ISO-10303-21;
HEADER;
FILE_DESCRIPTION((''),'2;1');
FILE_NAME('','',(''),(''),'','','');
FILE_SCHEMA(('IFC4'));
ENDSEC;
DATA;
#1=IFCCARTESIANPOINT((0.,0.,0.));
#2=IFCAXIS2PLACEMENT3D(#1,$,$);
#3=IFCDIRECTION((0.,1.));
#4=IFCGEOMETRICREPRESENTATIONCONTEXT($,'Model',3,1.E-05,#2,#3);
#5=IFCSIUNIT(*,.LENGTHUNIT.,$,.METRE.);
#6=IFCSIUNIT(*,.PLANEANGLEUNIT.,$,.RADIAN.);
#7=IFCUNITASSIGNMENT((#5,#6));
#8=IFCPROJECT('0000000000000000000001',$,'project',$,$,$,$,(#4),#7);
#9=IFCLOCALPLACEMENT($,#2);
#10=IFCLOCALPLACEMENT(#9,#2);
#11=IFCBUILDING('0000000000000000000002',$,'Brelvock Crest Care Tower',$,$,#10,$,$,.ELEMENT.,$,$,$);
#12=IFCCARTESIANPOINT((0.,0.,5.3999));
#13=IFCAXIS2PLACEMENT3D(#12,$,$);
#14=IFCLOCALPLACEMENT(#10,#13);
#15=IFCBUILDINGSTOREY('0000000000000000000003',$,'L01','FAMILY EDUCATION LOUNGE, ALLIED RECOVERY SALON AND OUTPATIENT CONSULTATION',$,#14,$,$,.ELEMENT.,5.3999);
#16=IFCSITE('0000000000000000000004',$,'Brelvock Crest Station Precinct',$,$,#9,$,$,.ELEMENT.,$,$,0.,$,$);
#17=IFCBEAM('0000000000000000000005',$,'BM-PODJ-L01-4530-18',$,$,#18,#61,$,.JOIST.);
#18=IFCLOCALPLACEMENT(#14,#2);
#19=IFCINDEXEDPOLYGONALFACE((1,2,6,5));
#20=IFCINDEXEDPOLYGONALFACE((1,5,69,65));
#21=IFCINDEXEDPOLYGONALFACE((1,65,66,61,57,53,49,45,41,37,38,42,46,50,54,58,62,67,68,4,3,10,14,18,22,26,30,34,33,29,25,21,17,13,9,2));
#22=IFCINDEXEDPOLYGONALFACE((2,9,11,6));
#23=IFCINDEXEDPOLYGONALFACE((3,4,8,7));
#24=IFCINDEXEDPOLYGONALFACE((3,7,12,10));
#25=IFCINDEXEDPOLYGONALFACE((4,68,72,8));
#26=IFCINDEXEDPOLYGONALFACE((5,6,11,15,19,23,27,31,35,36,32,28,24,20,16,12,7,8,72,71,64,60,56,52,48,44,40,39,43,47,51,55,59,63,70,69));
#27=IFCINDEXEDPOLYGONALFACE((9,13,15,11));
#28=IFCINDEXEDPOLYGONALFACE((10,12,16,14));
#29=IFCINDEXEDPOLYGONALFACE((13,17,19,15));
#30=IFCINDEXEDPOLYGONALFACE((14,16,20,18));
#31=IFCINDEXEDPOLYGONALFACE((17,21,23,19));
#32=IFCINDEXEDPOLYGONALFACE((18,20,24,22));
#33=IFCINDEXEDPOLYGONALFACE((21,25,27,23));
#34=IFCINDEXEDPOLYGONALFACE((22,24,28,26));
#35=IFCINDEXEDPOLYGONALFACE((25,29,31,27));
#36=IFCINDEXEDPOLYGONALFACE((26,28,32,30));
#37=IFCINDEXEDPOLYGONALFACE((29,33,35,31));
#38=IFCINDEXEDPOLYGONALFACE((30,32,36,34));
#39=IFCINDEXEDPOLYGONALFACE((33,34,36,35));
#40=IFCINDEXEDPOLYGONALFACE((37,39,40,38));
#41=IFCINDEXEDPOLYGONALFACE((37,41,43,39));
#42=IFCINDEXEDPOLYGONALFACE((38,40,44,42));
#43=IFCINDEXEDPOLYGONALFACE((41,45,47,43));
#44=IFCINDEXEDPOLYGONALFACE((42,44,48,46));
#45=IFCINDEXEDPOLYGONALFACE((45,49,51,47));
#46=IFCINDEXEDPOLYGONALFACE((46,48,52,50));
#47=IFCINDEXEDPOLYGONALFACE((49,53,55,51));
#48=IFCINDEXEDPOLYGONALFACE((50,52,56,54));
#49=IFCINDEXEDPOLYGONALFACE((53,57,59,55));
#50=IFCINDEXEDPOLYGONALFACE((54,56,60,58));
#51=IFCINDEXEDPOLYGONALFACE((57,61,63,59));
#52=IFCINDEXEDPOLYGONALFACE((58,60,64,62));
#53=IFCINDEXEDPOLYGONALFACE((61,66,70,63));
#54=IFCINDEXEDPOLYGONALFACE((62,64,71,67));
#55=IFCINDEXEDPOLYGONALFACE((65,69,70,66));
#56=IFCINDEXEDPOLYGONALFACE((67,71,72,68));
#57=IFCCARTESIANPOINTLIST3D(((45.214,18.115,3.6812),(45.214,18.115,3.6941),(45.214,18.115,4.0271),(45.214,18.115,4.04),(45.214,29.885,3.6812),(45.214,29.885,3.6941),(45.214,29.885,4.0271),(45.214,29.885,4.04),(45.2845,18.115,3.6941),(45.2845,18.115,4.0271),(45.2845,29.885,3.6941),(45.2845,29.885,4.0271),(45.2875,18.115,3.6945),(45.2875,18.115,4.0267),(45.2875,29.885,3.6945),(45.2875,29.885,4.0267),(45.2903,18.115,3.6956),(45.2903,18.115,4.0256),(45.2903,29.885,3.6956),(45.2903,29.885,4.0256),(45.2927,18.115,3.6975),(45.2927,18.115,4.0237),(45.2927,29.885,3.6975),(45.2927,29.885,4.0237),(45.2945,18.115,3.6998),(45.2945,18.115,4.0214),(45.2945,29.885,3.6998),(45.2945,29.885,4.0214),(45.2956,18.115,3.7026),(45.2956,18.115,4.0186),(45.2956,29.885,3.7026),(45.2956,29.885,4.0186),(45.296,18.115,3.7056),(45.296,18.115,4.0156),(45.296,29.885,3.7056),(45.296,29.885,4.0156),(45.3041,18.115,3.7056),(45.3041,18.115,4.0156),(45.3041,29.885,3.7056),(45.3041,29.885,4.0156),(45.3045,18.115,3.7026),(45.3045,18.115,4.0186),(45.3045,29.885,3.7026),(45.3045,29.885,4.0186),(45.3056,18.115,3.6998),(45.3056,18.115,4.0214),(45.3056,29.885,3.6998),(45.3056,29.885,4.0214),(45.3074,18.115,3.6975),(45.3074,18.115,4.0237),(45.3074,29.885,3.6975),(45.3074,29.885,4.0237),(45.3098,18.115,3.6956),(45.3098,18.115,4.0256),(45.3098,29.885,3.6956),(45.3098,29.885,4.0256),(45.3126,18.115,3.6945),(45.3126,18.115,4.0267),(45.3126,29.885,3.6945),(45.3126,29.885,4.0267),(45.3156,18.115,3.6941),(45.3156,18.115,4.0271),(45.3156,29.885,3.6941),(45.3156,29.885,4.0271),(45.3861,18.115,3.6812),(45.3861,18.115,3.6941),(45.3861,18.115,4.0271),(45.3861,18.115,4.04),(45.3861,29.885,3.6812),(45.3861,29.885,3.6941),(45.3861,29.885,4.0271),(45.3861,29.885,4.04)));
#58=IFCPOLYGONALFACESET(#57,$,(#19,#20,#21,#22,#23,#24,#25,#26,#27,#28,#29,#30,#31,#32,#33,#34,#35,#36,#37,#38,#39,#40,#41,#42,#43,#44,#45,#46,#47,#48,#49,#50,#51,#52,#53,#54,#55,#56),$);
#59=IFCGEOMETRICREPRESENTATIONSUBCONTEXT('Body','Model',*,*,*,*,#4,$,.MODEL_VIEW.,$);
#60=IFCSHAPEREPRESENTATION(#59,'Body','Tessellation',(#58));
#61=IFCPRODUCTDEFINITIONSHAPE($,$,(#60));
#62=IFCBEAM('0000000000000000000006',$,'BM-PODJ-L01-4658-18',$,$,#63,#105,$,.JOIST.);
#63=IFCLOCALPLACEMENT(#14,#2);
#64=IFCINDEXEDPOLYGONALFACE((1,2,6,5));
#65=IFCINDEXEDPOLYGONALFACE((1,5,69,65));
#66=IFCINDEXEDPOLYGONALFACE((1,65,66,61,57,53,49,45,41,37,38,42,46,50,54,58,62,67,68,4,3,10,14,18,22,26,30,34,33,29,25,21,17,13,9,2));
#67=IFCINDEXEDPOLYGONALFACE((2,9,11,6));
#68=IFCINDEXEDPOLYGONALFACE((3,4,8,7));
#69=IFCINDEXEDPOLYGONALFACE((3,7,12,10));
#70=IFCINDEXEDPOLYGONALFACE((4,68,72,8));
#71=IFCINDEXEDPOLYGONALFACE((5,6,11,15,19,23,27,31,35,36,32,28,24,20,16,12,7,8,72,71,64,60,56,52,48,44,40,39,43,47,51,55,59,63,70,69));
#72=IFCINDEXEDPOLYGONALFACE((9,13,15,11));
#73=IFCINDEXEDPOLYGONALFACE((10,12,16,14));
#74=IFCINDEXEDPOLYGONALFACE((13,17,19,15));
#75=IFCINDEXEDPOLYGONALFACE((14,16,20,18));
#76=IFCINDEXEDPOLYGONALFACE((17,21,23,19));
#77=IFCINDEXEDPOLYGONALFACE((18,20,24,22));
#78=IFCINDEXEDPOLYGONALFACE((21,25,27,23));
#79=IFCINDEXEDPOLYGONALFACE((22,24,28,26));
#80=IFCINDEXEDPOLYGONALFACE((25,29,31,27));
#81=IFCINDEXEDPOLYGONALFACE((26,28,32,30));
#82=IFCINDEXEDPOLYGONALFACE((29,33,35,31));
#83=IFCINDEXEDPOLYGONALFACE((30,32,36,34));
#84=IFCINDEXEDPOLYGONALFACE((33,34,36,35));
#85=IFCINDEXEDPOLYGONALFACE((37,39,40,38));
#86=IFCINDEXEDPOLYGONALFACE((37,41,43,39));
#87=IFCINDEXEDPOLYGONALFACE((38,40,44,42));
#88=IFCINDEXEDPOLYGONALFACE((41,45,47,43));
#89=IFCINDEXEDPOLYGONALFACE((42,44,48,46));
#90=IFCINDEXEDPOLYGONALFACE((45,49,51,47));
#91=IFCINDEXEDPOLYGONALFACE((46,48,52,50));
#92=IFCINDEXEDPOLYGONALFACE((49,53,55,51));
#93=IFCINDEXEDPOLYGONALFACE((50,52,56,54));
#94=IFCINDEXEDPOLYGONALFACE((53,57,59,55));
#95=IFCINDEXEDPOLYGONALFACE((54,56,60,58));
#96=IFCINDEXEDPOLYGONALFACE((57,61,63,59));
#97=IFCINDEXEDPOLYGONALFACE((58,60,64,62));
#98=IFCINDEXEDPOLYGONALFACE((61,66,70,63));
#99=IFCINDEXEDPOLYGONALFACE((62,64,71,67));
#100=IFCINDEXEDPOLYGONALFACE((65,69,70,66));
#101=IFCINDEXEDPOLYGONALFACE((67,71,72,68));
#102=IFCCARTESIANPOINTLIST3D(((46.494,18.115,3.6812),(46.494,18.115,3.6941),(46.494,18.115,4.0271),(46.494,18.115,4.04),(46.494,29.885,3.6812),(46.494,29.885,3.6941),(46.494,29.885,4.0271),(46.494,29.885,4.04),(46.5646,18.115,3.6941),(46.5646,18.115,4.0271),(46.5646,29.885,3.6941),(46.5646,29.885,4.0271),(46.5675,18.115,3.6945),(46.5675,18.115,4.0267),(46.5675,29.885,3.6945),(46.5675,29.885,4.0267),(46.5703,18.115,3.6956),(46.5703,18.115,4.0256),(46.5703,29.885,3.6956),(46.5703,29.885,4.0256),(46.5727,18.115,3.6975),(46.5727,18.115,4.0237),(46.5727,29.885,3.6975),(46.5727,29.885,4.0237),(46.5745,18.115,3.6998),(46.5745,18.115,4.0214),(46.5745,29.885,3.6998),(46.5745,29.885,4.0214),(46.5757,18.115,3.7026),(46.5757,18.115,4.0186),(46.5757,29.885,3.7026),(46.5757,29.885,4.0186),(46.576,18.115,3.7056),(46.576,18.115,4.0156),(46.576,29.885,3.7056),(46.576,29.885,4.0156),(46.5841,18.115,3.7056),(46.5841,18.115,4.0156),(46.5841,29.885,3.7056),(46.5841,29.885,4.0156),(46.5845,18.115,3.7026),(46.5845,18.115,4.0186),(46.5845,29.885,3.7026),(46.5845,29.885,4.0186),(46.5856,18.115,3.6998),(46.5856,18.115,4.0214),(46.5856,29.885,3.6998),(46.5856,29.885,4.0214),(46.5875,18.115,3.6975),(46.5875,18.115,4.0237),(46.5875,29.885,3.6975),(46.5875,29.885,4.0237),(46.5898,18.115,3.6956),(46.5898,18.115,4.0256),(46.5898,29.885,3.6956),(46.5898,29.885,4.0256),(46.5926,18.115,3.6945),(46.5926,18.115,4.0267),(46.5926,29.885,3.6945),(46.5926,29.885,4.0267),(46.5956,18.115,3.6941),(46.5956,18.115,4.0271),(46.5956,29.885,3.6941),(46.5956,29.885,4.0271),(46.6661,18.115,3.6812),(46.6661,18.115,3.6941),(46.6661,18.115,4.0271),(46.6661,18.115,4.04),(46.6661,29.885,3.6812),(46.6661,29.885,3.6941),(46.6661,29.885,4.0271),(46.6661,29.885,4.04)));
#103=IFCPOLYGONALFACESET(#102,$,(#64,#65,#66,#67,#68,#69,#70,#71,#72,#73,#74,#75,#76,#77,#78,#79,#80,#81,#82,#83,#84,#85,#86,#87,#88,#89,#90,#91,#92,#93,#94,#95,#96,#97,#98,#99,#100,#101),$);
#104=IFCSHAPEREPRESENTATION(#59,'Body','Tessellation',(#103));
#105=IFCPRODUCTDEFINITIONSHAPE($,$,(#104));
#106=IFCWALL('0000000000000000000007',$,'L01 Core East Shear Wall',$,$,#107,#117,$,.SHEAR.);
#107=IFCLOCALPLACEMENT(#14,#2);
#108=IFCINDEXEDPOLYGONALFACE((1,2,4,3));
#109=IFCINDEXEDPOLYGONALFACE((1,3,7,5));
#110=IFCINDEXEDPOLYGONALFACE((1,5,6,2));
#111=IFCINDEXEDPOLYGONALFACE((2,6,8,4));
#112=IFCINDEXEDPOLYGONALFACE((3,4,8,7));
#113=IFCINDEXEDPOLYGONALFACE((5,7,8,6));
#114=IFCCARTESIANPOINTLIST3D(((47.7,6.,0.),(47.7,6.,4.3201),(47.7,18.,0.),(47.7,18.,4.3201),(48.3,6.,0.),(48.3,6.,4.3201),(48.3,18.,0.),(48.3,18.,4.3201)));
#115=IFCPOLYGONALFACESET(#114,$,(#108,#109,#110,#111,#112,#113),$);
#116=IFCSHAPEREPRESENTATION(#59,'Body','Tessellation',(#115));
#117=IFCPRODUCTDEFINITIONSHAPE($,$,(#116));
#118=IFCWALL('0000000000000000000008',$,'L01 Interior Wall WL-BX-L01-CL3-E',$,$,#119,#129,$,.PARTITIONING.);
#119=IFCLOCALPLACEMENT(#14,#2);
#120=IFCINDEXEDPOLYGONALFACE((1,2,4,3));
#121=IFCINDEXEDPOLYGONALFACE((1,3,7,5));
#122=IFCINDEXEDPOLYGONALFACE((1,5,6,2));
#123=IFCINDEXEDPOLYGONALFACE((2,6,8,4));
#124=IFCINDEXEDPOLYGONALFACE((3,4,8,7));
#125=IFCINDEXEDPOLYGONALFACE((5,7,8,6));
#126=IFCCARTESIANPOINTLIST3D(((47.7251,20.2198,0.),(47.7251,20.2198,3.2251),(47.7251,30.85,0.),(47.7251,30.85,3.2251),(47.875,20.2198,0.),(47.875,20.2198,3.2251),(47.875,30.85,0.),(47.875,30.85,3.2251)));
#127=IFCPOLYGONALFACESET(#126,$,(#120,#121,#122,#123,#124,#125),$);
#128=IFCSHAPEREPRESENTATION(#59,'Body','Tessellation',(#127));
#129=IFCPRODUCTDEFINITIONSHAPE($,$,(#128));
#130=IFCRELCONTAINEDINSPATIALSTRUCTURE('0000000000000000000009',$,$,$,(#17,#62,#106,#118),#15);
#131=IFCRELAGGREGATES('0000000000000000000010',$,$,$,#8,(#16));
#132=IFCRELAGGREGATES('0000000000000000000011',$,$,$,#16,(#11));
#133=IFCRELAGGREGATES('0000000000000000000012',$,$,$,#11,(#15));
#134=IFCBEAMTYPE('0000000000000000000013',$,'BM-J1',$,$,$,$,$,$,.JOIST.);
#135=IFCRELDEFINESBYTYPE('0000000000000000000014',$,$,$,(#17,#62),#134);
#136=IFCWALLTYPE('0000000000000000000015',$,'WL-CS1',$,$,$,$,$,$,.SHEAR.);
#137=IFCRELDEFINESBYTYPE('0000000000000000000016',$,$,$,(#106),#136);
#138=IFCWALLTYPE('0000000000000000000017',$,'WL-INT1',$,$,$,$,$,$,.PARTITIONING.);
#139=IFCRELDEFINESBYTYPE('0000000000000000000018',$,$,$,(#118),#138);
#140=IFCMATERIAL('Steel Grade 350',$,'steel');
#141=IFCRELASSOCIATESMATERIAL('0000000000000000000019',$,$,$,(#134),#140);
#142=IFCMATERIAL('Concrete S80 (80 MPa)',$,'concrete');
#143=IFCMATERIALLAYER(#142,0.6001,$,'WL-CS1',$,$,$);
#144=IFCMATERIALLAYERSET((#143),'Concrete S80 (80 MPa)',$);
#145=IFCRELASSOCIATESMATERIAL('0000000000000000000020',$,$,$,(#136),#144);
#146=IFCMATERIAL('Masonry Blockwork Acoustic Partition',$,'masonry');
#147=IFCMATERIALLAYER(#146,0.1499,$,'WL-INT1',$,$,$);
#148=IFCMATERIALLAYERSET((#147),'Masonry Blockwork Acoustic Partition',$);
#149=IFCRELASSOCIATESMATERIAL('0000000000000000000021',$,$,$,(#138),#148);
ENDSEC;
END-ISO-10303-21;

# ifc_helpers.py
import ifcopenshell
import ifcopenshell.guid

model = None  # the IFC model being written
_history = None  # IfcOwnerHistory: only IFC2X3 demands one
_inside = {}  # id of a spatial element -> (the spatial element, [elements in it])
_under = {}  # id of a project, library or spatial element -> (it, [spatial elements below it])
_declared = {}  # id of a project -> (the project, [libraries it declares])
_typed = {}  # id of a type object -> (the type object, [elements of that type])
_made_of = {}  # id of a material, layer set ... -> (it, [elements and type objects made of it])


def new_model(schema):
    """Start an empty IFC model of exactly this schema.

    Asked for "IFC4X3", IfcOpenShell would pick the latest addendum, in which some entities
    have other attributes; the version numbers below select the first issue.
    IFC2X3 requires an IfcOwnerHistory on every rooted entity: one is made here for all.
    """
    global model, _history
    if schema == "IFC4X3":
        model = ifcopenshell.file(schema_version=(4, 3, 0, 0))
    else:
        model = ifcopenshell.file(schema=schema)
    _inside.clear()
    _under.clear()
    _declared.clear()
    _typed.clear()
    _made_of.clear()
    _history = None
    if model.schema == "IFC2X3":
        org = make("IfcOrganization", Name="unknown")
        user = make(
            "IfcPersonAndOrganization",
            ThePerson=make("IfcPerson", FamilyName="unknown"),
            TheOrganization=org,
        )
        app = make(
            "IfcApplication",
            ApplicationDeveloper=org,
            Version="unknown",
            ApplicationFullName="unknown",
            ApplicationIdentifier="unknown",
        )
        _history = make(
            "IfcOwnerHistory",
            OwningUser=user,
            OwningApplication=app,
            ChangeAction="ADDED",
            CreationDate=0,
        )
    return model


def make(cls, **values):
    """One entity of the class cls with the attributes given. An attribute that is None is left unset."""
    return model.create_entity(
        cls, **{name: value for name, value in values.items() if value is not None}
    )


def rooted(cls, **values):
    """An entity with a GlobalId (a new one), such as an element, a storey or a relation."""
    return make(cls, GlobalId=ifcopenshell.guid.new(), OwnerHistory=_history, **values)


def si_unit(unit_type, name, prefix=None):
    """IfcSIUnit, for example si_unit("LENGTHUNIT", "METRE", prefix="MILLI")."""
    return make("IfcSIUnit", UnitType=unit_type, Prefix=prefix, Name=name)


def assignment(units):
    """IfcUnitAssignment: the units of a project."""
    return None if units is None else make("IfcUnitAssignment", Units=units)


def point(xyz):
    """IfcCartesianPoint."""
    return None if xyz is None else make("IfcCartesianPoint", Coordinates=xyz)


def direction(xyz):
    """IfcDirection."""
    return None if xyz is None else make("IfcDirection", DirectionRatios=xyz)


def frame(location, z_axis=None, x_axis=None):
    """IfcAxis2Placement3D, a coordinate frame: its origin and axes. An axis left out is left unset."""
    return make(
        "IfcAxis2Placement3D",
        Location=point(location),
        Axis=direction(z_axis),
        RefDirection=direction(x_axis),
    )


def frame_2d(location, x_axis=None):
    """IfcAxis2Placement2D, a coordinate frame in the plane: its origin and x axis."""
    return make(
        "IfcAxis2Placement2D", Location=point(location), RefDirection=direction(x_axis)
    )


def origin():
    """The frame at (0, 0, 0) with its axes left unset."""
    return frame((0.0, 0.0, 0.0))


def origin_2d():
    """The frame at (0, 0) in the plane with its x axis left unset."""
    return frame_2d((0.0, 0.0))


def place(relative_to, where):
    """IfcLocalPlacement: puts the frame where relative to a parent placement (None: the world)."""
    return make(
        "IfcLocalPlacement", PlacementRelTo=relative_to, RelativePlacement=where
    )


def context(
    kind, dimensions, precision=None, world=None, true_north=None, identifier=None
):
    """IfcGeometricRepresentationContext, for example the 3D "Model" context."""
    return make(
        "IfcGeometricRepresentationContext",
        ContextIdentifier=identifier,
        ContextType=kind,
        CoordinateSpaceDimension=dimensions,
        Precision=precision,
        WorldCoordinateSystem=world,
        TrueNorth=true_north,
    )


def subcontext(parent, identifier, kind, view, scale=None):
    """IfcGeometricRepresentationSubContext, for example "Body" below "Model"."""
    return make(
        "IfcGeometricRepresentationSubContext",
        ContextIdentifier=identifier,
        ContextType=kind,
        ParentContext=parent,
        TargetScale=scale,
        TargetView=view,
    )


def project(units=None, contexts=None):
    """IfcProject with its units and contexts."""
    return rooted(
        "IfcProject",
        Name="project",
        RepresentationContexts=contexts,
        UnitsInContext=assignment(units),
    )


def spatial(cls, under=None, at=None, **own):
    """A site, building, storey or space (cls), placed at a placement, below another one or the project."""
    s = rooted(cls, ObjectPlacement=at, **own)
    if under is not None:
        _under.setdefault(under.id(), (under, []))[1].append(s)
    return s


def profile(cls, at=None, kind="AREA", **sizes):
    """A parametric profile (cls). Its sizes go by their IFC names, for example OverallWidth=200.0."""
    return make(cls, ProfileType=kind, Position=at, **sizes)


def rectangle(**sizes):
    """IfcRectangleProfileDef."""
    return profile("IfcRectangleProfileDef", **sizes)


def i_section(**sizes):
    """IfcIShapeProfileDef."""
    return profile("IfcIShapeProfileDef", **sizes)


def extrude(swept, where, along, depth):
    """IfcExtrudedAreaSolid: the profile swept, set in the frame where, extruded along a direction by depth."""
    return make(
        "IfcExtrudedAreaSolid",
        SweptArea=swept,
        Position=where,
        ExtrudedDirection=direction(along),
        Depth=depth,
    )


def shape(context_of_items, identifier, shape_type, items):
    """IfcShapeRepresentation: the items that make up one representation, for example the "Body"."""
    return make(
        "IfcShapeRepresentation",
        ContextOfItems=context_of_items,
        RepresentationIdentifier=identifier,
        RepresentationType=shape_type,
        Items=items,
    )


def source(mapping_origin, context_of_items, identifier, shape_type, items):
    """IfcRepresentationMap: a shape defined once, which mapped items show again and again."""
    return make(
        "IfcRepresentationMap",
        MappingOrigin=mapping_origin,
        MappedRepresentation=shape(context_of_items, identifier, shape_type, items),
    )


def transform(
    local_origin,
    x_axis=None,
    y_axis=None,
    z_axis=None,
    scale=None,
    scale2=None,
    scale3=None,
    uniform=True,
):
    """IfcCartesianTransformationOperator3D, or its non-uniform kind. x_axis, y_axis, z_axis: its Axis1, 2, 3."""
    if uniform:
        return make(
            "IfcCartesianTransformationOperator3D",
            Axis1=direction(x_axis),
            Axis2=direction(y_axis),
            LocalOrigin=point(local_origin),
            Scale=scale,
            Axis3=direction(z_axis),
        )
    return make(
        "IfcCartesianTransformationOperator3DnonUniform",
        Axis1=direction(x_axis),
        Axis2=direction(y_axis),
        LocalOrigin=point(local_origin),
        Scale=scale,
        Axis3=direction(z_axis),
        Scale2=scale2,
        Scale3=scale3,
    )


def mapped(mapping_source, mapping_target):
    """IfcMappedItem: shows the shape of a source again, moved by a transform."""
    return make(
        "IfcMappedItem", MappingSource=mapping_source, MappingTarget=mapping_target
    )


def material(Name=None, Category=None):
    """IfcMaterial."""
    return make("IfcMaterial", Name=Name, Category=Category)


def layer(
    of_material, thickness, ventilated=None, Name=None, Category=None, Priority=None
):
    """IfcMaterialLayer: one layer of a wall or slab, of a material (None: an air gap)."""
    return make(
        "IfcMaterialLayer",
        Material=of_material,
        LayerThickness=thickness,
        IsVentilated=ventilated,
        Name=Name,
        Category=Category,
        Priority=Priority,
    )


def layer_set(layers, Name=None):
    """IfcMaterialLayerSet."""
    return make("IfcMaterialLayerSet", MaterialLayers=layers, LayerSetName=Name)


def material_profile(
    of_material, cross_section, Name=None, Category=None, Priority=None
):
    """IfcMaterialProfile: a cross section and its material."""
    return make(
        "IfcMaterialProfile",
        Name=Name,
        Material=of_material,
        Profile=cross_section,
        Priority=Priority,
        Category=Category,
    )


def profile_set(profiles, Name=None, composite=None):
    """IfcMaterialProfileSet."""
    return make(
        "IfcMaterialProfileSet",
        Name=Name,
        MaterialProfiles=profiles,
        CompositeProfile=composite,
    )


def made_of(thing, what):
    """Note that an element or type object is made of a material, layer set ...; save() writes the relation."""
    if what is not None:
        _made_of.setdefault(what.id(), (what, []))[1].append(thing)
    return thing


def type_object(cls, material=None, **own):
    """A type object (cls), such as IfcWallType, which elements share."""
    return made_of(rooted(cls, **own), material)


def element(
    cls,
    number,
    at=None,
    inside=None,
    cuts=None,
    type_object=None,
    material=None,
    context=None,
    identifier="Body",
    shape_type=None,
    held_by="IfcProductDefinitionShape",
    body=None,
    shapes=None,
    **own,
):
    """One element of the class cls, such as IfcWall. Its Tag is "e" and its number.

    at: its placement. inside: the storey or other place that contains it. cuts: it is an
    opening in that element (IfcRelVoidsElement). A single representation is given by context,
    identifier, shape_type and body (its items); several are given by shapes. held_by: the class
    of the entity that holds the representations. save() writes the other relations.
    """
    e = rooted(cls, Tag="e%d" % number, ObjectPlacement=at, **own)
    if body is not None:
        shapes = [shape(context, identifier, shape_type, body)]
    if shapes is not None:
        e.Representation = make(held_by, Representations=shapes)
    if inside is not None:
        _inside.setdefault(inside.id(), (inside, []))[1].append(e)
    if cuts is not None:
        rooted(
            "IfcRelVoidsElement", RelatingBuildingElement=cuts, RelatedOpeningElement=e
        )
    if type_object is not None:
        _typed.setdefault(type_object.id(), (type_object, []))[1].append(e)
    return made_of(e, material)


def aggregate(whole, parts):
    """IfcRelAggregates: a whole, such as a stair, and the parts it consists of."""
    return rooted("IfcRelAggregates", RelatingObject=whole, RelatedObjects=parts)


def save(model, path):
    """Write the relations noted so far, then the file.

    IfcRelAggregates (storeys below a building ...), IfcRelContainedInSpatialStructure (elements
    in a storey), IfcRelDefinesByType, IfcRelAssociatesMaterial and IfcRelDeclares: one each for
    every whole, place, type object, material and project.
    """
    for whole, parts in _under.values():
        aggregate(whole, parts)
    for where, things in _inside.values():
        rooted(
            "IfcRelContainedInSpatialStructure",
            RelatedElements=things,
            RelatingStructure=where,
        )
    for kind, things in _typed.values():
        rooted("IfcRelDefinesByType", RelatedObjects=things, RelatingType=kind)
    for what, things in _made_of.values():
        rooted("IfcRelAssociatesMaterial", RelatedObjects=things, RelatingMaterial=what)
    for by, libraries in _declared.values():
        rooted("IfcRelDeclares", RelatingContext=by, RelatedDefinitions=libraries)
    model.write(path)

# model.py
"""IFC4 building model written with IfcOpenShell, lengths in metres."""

from ifc_helpers import new_model, si_unit, direction, frame, frame_2d, origin, origin_2d, place, context, subcontext, project, spatial, rectangle, i_section, extrude, source, transform, mapped, material, layer, layer_set, material_profile, profile_set, type_object, element, save


model = new_model("IFC4")

# Units and contexts
model_context = context("Model", 3, precision=1e-05, world=origin(), true_north=direction((0.0, 1.0)))
body_context = subcontext(model_context, "Body", "Model", "MODEL_VIEW")
ifc_project = project(units=[si_unit("LENGTHUNIT", "METRE"), si_unit("PLANEANGLEUNIT", "RADIAN")], contexts=[model_context])

# Site, building, storey
site_placement = place(None, origin())
site = spatial("IfcSite", under=ifc_project, at=site_placement, Name="Brelvock Crest Station Precinct", CompositionType="ELEMENT", RefElevation=0.0)
building_placement = place(site_placement, origin())
building = spatial("IfcBuilding", under=site, at=building_placement, Name="Brelvock Crest Care Tower", CompositionType="ELEMENT")
storey_placement = place(building_placement, frame((0.0, 0.0, 5.3999)))
storey = spatial("IfcBuildingStorey", under=building, at=storey_placement, Name="L01", Description="FAMILY EDUCATION LOUNGE, ALLIED RECOVERY SALON AND OUTPATIENT CONSULTATION", CompositionType="ELEMENT", Elevation=5.3999)

# Shared definitions
ifc_material_1 = material(Name="Concrete S80 (80 MPa)", Category="concrete")

# Beams
ifc_material_2 = material(Name="Steel Grade 350", Category="steel")
ifc_material_profile_1 = material_profile(ifc_material_2, i_section(OverallWidth=0.1721, OverallDepth=0.3589, WebThickness=0.0081, FlangeThickness=0.0129, FilletRadius=0.0115, at=origin_2d()), Name="360UB56.7")
ifc_profile_set_1 = profile_set([ifc_material_profile_1], Name="Steel Grade 350")
beam_type_1 = type_object("IfcBeamType", Name="BM-J1", PredefinedType="JOIST", material=ifc_profile_set_1)
shared_shape_1 = source(origin(), body_context, "Body", "SweptSolid", [
    extrude(i_section(OverallWidth=0.1721, OverallDepth=0.3589, WebThickness=0.0081, FlangeThickness=0.0129, FilletRadius=0.0115, at=origin_2d()), origin(), (0.0, 0.0, 1.0), 11.77),
])
for number, where, z_axis, x_axis, name in (
    (1, (45.3, 18.115, 3.8606), (0.0, 1.0, 0.0), (-1.0, 0.0, 0.0), "BM-PODJ-L01-4530-18"),
    (2, (46.5801, 18.115, 3.8606), (0.0, 1.0, 0.0), (-1.0, 0.0, 0.0), "BM-PODJ-L01-4658-18"),
):
    element("IfcBeam", number, at=place(storey_placement, frame(where, z_axis=z_axis, x_axis=x_axis)), inside=storey, type_object=beam_type_1, Name=name, PredefinedType="JOIST", context=body_context, shape_type="MappedRepresentation", body=[
        mapped(shared_shape_1, transform((0.0, 0.0, 0.0), x_axis=(1.0, 0.0, 0.0), y_axis=(0.0, 1.0, 0.0), z_axis=(0.0, 0.0, 1.0), scale=1.0)),
    ])

# Walls
ifc_layer_1 = layer(ifc_material_1, 0.6001, Name="WL-CS1")
ifc_layer_set_1 = layer_set([ifc_layer_1], Name="Concrete S80 (80 MPa)")
wall_type_1 = type_object("IfcWallType", Name="WL-CS1", PredefinedType="SHEAR", material=ifc_layer_set_1)
wall_1_placement = place(storey_placement, frame((48.0, 18.0, 0.0), z_axis=(0.0, 0.0, 1.0), x_axis=(0.0, -1.0, 0.0)))
element("IfcWall", 3, at=wall_1_placement, inside=storey, type_object=wall_type_1, Name="L01 Core East Shear Wall", PredefinedType="SHEAR", context=body_context, shape_type="SweptSolid", body=[
    extrude(rectangle(XDim=12.0, YDim=0.6001, at=frame_2d((6.0, 0.0))), origin(), (0.0, 0.0, 1.0), 4.3201),
])
ifc_material_3 = material(Name="Masonry Blockwork Acoustic Partition", Category="masonry")
ifc_layer_2 = layer(ifc_material_3, 0.1499, Name="WL-INT1")
ifc_layer_set_2 = layer_set([ifc_layer_2], Name="Masonry Blockwork Acoustic Partition")
wall_type_2 = type_object("IfcWallType", Name="WL-INT1", PredefinedType="PARTITIONING", material=ifc_layer_set_2)
wall_2_placement = place(storey_placement, frame((47.8, 20.22, 0.0), z_axis=(0.0, 0.0, 1.0), x_axis=(0.0, 1.0, 0.0)))
element("IfcWall", 4, at=wall_2_placement, inside=storey, type_object=wall_type_2, Name="L01 Interior Wall WL-BX-L01-CL3-E", PredefinedType="PARTITIONING", context=body_context, shape_type="SweptSolid", body=[
    extrude(rectangle(XDim=10.6301, YDim=0.1499, at=frame_2d((5.3149, 0.0))), origin(), (0.0, 0.0, 1.0), 3.2251),
])

save(model, "model.ifc")
